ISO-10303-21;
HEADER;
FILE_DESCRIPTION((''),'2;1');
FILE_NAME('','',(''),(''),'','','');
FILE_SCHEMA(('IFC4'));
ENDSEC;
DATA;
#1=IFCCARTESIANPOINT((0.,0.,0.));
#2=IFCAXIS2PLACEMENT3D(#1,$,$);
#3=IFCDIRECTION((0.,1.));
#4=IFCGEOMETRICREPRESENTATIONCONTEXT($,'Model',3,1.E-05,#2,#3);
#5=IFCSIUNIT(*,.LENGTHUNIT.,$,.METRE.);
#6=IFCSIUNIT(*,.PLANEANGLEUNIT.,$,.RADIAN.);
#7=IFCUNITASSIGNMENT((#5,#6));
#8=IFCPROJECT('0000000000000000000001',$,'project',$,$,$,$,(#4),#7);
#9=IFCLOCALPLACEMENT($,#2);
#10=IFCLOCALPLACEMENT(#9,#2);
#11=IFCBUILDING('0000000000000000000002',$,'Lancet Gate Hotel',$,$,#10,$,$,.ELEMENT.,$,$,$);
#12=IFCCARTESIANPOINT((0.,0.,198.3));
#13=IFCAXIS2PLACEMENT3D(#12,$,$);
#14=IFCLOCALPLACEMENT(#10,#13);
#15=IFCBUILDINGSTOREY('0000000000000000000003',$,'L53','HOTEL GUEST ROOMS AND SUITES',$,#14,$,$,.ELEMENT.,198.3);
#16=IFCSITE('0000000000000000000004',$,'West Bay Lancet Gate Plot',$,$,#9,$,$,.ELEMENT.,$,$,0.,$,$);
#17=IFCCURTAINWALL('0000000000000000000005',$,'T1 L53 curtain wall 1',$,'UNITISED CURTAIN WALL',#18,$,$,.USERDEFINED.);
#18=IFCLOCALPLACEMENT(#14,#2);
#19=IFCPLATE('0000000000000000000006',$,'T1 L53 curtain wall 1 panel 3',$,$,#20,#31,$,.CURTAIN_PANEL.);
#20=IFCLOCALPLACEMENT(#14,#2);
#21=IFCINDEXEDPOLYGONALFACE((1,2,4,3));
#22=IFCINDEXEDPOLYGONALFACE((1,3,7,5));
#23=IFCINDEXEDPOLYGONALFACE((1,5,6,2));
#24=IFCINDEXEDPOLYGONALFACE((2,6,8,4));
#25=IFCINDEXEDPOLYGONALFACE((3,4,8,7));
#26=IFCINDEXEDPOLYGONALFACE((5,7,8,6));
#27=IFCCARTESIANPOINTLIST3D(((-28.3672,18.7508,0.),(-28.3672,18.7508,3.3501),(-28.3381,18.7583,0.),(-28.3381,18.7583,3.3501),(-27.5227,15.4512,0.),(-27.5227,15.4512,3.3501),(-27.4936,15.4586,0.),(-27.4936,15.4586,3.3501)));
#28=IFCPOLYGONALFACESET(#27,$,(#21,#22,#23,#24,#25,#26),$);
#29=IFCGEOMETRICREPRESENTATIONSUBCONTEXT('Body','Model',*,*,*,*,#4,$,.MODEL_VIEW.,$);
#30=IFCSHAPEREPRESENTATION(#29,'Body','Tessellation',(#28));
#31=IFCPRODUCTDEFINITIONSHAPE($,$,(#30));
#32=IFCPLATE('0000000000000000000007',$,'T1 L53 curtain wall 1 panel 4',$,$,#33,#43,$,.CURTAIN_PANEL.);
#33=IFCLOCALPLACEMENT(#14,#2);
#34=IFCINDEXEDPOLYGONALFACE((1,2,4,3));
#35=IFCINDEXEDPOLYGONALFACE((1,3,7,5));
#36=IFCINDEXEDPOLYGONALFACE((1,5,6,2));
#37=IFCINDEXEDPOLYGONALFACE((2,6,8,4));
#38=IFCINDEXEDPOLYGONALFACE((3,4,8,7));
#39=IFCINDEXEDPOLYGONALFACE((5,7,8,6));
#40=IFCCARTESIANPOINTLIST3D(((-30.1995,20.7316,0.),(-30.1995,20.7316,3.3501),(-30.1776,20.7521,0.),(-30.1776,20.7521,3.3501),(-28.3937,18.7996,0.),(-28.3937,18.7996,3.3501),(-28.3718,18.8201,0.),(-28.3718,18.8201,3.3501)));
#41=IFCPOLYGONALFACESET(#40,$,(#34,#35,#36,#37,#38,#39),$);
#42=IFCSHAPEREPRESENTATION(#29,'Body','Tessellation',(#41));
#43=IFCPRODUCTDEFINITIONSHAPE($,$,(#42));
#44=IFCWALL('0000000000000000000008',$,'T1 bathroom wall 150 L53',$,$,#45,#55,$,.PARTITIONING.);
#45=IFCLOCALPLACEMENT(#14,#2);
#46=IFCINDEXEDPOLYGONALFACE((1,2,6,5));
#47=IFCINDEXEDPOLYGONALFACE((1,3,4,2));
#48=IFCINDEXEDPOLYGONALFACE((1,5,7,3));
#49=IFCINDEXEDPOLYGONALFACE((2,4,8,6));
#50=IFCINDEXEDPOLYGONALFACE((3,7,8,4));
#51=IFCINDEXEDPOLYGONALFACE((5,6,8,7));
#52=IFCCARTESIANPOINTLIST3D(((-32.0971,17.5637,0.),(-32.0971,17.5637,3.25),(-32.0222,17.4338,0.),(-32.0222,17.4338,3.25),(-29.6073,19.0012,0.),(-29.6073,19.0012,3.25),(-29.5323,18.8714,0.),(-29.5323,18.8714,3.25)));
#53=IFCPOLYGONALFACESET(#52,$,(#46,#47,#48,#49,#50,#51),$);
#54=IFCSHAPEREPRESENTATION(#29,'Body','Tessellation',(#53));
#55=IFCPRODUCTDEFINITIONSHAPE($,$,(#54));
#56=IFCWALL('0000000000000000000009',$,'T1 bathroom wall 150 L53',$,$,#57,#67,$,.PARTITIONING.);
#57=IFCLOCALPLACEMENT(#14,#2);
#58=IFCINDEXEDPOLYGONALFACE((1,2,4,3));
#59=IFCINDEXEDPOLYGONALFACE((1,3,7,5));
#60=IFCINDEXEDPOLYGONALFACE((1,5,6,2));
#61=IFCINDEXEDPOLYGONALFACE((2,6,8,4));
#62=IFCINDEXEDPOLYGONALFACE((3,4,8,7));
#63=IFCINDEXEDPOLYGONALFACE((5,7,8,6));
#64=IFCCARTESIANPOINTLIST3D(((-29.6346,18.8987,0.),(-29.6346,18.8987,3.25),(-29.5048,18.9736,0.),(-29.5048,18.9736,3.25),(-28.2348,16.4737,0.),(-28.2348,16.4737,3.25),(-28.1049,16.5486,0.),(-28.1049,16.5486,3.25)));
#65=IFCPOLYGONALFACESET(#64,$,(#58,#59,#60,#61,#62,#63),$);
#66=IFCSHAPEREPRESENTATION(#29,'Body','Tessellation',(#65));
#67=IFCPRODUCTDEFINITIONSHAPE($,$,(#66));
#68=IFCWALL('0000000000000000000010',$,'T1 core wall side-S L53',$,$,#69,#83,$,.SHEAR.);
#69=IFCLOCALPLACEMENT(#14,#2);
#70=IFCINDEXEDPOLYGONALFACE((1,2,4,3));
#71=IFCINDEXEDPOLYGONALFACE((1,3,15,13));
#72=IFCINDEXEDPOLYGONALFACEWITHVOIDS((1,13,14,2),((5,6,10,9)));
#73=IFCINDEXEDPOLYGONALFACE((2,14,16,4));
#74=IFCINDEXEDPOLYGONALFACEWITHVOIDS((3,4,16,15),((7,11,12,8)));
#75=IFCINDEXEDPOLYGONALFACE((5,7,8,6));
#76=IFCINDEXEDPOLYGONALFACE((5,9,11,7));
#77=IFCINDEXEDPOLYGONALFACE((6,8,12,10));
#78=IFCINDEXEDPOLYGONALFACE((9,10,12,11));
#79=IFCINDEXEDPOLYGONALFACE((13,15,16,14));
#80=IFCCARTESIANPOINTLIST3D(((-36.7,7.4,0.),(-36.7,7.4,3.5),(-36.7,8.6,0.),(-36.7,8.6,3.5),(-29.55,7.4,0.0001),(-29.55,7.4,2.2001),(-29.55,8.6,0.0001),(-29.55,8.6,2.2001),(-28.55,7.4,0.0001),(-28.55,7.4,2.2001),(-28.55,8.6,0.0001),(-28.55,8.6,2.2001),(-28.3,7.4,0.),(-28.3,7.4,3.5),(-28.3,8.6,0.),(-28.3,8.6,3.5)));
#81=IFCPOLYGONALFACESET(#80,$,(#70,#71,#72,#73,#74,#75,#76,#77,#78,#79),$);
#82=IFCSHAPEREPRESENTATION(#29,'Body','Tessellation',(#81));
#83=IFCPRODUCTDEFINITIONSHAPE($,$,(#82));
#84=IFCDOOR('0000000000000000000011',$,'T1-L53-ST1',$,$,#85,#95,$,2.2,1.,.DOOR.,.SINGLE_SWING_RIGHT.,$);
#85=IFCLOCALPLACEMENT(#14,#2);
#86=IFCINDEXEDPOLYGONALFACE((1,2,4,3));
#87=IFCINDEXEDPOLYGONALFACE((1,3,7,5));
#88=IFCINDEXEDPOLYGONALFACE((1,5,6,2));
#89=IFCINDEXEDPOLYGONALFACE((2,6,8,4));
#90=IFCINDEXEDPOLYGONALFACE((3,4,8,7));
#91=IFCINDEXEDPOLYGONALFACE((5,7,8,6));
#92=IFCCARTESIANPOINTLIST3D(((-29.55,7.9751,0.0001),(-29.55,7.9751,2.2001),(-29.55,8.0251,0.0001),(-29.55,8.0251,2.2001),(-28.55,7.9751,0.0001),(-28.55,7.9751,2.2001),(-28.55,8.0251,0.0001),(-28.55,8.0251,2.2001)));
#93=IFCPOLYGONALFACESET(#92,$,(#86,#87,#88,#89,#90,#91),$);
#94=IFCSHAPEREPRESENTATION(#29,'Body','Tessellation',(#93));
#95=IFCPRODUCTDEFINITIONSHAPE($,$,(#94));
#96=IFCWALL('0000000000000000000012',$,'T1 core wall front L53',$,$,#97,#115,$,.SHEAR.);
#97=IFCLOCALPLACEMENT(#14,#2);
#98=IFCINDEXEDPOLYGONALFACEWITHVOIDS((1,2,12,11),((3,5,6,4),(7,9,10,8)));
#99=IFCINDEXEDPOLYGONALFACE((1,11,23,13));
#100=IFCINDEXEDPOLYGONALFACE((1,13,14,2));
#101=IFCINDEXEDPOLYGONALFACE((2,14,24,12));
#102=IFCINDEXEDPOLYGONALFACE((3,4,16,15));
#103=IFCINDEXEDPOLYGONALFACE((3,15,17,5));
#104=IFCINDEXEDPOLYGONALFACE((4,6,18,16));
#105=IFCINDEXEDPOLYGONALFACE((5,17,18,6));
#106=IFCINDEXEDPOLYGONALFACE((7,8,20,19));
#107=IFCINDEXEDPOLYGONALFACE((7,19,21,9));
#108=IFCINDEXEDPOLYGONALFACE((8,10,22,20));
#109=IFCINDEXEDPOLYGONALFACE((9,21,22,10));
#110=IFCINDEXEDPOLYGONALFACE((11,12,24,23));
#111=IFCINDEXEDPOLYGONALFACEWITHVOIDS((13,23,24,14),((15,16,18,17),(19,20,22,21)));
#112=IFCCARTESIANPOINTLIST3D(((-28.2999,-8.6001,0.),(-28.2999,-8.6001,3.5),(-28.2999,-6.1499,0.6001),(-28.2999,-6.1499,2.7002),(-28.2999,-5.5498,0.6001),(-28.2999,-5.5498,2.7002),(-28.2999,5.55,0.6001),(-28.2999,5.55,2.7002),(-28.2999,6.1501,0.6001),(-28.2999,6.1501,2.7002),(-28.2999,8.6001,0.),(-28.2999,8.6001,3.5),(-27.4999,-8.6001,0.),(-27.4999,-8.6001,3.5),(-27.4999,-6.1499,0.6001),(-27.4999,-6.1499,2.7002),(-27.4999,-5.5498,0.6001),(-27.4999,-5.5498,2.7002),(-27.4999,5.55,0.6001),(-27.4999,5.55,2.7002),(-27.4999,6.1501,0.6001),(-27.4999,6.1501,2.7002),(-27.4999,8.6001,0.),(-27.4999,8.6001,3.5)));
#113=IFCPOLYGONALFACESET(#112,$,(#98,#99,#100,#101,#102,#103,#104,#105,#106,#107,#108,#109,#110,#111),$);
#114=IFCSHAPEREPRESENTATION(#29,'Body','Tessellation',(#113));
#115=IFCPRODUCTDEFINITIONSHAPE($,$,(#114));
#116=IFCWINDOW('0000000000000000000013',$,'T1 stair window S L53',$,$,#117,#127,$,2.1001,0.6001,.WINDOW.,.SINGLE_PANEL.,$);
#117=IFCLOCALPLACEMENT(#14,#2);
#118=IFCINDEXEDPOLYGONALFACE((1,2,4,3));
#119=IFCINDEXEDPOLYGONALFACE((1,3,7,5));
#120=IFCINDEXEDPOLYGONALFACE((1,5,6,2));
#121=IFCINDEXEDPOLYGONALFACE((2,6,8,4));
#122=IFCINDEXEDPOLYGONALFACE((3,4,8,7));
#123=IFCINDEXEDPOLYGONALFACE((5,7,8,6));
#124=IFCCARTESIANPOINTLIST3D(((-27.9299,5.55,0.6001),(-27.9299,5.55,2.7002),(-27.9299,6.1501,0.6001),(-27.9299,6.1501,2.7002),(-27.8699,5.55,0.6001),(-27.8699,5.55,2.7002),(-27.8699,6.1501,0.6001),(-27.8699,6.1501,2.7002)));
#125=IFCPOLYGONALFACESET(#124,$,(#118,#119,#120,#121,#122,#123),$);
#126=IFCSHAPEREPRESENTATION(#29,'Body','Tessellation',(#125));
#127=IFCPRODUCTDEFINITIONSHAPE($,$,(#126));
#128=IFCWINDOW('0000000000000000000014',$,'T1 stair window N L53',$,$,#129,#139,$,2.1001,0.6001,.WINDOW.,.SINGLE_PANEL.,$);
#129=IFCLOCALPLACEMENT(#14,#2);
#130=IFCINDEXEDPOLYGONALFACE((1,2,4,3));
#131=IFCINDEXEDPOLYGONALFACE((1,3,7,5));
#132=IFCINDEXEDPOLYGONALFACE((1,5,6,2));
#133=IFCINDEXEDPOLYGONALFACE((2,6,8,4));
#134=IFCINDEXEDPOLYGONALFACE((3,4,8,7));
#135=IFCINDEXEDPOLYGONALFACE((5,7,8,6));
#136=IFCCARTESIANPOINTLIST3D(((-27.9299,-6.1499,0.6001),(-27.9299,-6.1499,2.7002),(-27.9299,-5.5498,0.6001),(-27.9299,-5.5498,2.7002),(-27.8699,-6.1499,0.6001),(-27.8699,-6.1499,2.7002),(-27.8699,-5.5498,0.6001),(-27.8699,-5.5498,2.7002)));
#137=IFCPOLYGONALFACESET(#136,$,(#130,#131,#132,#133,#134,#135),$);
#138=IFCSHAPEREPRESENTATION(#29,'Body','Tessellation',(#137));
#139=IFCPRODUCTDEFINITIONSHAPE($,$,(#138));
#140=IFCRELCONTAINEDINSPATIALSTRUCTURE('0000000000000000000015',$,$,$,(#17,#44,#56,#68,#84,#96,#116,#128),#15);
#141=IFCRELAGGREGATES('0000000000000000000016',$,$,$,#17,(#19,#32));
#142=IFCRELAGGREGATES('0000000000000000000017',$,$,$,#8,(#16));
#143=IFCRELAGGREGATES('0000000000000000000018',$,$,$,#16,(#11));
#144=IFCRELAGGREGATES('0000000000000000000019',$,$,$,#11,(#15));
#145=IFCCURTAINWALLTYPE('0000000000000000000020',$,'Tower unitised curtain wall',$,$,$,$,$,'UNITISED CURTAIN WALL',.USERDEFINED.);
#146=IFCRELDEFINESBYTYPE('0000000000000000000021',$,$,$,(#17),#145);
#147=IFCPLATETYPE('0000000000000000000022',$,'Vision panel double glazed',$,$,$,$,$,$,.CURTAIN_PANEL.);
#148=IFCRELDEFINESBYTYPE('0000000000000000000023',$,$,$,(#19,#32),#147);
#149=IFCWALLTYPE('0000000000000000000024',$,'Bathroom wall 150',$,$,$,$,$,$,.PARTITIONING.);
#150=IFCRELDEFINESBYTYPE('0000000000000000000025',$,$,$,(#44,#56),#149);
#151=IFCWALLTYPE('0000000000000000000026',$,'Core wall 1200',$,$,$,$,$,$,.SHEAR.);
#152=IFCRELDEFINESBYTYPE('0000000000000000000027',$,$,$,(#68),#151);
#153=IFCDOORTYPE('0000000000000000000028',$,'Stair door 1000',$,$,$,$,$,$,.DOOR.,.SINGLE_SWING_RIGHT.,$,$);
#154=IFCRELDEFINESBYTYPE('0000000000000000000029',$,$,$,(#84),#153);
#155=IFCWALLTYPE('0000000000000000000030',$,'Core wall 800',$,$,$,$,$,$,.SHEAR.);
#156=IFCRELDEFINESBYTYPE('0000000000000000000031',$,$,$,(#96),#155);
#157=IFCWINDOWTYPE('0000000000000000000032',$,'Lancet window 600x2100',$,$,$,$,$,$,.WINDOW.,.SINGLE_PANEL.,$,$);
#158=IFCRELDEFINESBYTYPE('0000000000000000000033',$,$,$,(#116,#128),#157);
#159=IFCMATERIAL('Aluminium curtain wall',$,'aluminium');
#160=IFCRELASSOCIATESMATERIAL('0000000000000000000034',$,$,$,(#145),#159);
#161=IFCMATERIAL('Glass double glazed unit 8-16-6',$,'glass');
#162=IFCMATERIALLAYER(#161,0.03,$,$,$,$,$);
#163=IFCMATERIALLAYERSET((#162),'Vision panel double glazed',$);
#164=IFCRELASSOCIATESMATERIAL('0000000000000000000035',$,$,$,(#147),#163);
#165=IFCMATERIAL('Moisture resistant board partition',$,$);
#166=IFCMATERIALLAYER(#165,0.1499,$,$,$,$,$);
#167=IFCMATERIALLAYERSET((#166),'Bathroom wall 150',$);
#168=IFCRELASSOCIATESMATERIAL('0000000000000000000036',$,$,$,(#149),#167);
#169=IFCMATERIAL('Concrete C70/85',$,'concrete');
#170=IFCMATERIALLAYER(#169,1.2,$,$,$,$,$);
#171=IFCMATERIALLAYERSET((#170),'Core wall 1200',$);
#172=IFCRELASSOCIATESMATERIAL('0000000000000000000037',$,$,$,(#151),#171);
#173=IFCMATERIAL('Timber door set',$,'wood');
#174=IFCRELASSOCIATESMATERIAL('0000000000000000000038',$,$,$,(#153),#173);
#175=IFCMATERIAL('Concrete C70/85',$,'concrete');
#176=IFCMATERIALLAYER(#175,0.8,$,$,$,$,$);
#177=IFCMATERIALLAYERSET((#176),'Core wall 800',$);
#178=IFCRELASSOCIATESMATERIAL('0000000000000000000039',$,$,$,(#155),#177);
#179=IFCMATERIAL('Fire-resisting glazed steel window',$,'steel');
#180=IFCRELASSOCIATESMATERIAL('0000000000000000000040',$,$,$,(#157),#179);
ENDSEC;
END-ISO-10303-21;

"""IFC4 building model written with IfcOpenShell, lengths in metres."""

from ifc_helpers import new_model, si_unit, direction, frame, frame_2d, origin, origin_2d, place, context, subcontext, project, spatial, rectangle, extrude, material, layer, layer_set, type_object, element, fill, aggregate, save


model = new_model("IFC4")

# Units and contexts
model_context = context("Model", 3, precision=1e-05, world=origin(), true_north=direction((0.0, 1.0)))
body_context = subcontext(model_context, "Body", "Model", "MODEL_VIEW")
ifc_project = project(units=[si_unit("LENGTHUNIT", "METRE"), si_unit("PLANEANGLEUNIT", "RADIAN")], contexts=[model_context])

# Site, building, storey
site_placement = place(None, origin())
site = spatial("IfcSite", under=ifc_project, at=site_placement, Name="West Bay Lancet Gate Plot", CompositionType="ELEMENT", RefElevation=0.0)
building_placement = place(site_placement, origin())
building = spatial("IfcBuilding", under=site, at=building_placement, Name="Lancet Gate Hotel", CompositionType="ELEMENT")
storey_placement = place(building_placement, frame((0.0, 0.0, 198.3)))
storey = spatial("IfcBuildingStorey", under=building, at=storey_placement, Name="L53", Description="HOTEL GUEST ROOMS AND SUITES", CompositionType="ELEMENT", Elevation=198.3)

# Curtain wall
ifc_material_1 = material(Name="Aluminium curtain wall", Category="aluminium")
curtain_wall_type = type_object("IfcCurtainWallType", Name="Tower unitised curtain wall", ElementType="UNITISED CURTAIN WALL", PredefinedType="USERDEFINED", material=ifc_material_1)
curtain_wall_placement = place(storey_placement, origin())
curtain_wall = element("IfcCurtainWall", 1, at=curtain_wall_placement, inside=storey, type_object=curtain_wall_type, Name="T1 L53 curtain wall 1", ObjectType="UNITISED CURTAIN WALL", PredefinedType="USERDEFINED")

# Plates
ifc_material_2 = material(Name="Glass double glazed unit 8-16-6", Category="glass")
ifc_layer_1 = layer(ifc_material_2, 0.03)
ifc_layer_set_1 = layer_set([ifc_layer_1], Name="Vision panel double glazed")
plate_type = type_object("IfcPlateType", Name="Vision panel double glazed", PredefinedType="CURTAIN_PANEL", material=ifc_layer_set_1)
plate_1_placement = place(storey_placement, frame((-27.9304, 17.1047, 0.0), z_axis=(0.0, 0.0, 1.0), x_axis=(-0.247937, 0.968776, 0.0)))
plate_1 = element("IfcPlate", 2, at=plate_1_placement, type_object=plate_type, Name="T1 L53 curtain wall 1 panel 3", PredefinedType="CURTAIN_PANEL", context=body_context, shape_type="SweptSolid", body=[
    extrude(rectangle(XDim=3.406, YDim=0.03, at=origin_2d()), origin(), (0.0, 0.0, 1.0), 3.3501),
])
plate_2_placement = place(storey_placement, frame((-29.2856, 19.7759, 0.0), z_axis=(0.0, 0.0, 1.0), x_axis=(-0.682845, 0.730563, 0.0)))
plate_2 = element("IfcPlate", 3, at=plate_2_placement, type_object=plate_type, Name="T1 L53 curtain wall 1 panel 4", PredefinedType="CURTAIN_PANEL", context=body_context, shape_type="SweptSolid", body=[
    extrude(rectangle(XDim=2.6445, YDim=0.03, at=origin_2d()), origin(), (0.0, 0.0, 1.0), 3.3501),
])
aggregate(curtain_wall, [plate_1, plate_2])

# Walls
ifc_material_3 = material(Name="Moisture resistant board partition")
ifc_layer_2 = layer(ifc_material_3, 0.1499)
ifc_layer_set_2 = layer_set([ifc_layer_2], Name="Bathroom wall 150")
wall_type_1 = type_object("IfcWallType", Name="Bathroom wall 150", PredefinedType="PARTITIONING", material=ifc_layer_set_2)
wall_1_placement = place(storey_placement, frame((-29.5698, 18.9363, 0.0), z_axis=(0.0, 0.0, 1.0), x_axis=(-0.866019, -0.500012, 0.0)))
element("IfcWall", 4, at=wall_1_placement, inside=storey, type_object=wall_type_1, Name="T1 bathroom wall 150 L53", PredefinedType="PARTITIONING", context=body_context, shape_type="SweptSolid", body=[
    extrude(rectangle(XDim=2.875, YDim=0.1499, at=frame_2d((1.4375, 0.0))), origin(), (0.0, 0.0, 1.0), 3.25),
])
wall_2_placement = place(storey_placement, frame((-28.1699, 16.5112, 0.0), z_axis=(0.0, 0.0, 1.0), x_axis=(-0.499946, 0.866056, 0.0)))
element("IfcWall", 5, at=wall_2_placement, inside=storey, type_object=wall_type_1, Name="T1 bathroom wall 150 L53", PredefinedType="PARTITIONING", context=body_context, shape_type="SweptSolid", body=[
    extrude(rectangle(XDim=2.8, YDim=0.1499, at=frame_2d((1.3999, 0.0))), origin(), (0.0, 0.0, 1.0), 3.25),
])

# Wall, opening, door
ifc_material_4 = material(Name="Concrete C70/85", Category="concrete")
ifc_layer_3 = layer(ifc_material_4, 1.2)
ifc_layer_set_3 = layer_set([ifc_layer_3], Name="Core wall 1200")
wall_type_2 = type_object("IfcWallType", Name="Core wall 1200", PredefinedType="SHEAR", material=ifc_layer_set_3)
wall_3_placement = place(storey_placement, frame((-28.3, 8.0, 0.0), z_axis=(0.0, 0.0, 1.0), x_axis=(-1.0, 0.0, 0.0)))
wall_3 = element("IfcWall", 6, at=wall_3_placement, inside=storey, type_object=wall_type_2, Name="T1 core wall side-S L53", PredefinedType="SHEAR", context=body_context, shape_type="SweptSolid", body=[
    extrude(rectangle(XDim=8.3999, YDim=1.2, at=frame_2d((4.2, 0.0))), origin(), (0.0, 0.0, 1.0), 3.5),
])
opening_1_placement = place(wall_3_placement, frame((0.25, 0.0, 0.0)))
opening_1 = element("IfcOpeningElement", 7, at=opening_1_placement, cuts=wall_3, PredefinedType="OPENING", context=body_context, shape_type="SweptSolid", body=[
    extrude(rectangle(XDim=1.0, YDim=2.2, at=frame_2d((0.5, 1.1001))), frame((0.0, 0.6099, 0.0), z_axis=(0.0, -1.0, 0.0), x_axis=(1.0, 0.0, 0.0)), (0.0, 0.0, 1.0), 1.22),
])
ifc_material_5 = material(Name="Timber door set", Category="wood")
door_type_1 = type_object("IfcDoorType", Name="Stair door 1000", OperationType="SINGLE_SWING_RIGHT", PredefinedType="DOOR", material=ifc_material_5)
door_1_placement = place(opening_1_placement, origin())
door_1 = element("IfcDoor", 8, at=door_1_placement, inside=storey, type_object=door_type_1, Name="T1-L53-ST1", OperationType="SINGLE_SWING_RIGHT", OverallHeight=2.2, OverallWidth=1.0, PredefinedType="DOOR", context=body_context, shape_type="SweptSolid", body=[
    extrude(rectangle(XDim=1.0, YDim=2.2, at=frame_2d((0.5, 1.1001))), frame((0.0, 0.0249, 0.0), z_axis=(0.0, -1.0, 0.0), x_axis=(1.0, 0.0, 0.0)), (0.0, 0.0, 1.0), 0.05),
])
fill(opening_1, door_1)

# Wall, openings, windows
ifc_material_6 = material(Name="Concrete C70/85", Category="concrete")
ifc_layer_4 = layer(ifc_material_6, 0.8)
ifc_layer_set_4 = layer_set([ifc_layer_4], Name="Core wall 800")
wall_type_3 = type_object("IfcWallType", Name="Core wall 800", PredefinedType="SHEAR", material=ifc_layer_set_4)
wall_4_placement = place(storey_placement, frame((-27.8999, 8.6001, 0.0), z_axis=(0.0, 0.0, 1.0), x_axis=(0.0, -1.0, 0.0)))
wall_4 = element("IfcWall", 9, at=wall_4_placement, inside=storey, type_object=wall_type_3, Name="T1 core wall front L53", PredefinedType="SHEAR", context=body_context, shape_type="SweptSolid", body=[
    extrude(rectangle(XDim=17.2002, YDim=0.8, at=frame_2d((8.6001, 0.0))), origin(), (0.0, 0.0, 1.0), 3.5),
])
opening_2_placement = place(wall_4_placement, frame((2.45, 0.0, 0.6001)))
opening_2 = element("IfcOpeningElement", 10, at=opening_2_placement, cuts=wall_4, PredefinedType="OPENING", context=body_context, shape_type="SweptSolid", body=[
    extrude(rectangle(XDim=0.6001, YDim=2.1001, at=frame_2d((0.3, 1.05))), frame((0.0, 0.4099, 0.0), z_axis=(0.0, -1.0, 0.0), x_axis=(1.0, 0.0, 0.0)), (0.0, 0.0, 1.0), 0.8201),
])
opening_3_placement = place(wall_4_placement, frame((14.1499, 0.0, 0.6001)))
opening_3 = element("IfcOpeningElement", 11, at=opening_3_placement, cuts=wall_4, PredefinedType="OPENING", context=body_context, shape_type="SweptSolid", body=[
    extrude(rectangle(XDim=0.6001, YDim=2.1001, at=frame_2d((0.3, 1.05))), frame((0.0, 0.4099, 0.0), z_axis=(0.0, -1.0, 0.0), x_axis=(1.0, 0.0, 0.0)), (0.0, 0.0, 1.0), 0.8201),
])
ifc_material_7 = material(Name="Fire-resisting glazed steel window", Category="steel")
window_type = type_object("IfcWindowType", Name="Lancet window 600x2100", PartitioningType="SINGLE_PANEL", PredefinedType="WINDOW", material=ifc_material_7)
window_1_placement = place(opening_2_placement, origin())
window_1 = element("IfcWindow", 12, at=window_1_placement, inside=storey, type_object=window_type, Name="T1 stair window S L53", OverallHeight=2.1001, OverallWidth=0.6001, PartitioningType="SINGLE_PANEL", PredefinedType="WINDOW", context=body_context, shape_type="SweptSolid", body=[
    extrude(rectangle(XDim=0.6001, YDim=2.1001, at=frame_2d((0.3, 1.05))), frame((0.0, 0.03, 0.0), z_axis=(0.0, -1.0, 0.0), x_axis=(1.0, 0.0, 0.0)), (0.0, 0.0, 1.0), 0.0601),
])
fill(opening_2, window_1)
window_2_placement = place(opening_3_placement, origin())
window_2 = element("IfcWindow", 13, at=window_2_placement, inside=storey, type_object=window_type, Name="T1 stair window N L53", OverallHeight=2.1001, OverallWidth=0.6001, PartitioningType="SINGLE_PANEL", PredefinedType="WINDOW", context=body_context, shape_type="SweptSolid", body=[
    extrude(rectangle(XDim=0.6001, YDim=2.1001, at=frame_2d((0.3, 1.05))), frame((0.0, 0.03, 0.0), z_axis=(0.0, -1.0, 0.0), x_axis=(1.0, 0.0, 0.0)), (0.0, 0.0, 1.0), 0.0601),
])
fill(opening_3, window_2)

save(model, "model.ifc")
